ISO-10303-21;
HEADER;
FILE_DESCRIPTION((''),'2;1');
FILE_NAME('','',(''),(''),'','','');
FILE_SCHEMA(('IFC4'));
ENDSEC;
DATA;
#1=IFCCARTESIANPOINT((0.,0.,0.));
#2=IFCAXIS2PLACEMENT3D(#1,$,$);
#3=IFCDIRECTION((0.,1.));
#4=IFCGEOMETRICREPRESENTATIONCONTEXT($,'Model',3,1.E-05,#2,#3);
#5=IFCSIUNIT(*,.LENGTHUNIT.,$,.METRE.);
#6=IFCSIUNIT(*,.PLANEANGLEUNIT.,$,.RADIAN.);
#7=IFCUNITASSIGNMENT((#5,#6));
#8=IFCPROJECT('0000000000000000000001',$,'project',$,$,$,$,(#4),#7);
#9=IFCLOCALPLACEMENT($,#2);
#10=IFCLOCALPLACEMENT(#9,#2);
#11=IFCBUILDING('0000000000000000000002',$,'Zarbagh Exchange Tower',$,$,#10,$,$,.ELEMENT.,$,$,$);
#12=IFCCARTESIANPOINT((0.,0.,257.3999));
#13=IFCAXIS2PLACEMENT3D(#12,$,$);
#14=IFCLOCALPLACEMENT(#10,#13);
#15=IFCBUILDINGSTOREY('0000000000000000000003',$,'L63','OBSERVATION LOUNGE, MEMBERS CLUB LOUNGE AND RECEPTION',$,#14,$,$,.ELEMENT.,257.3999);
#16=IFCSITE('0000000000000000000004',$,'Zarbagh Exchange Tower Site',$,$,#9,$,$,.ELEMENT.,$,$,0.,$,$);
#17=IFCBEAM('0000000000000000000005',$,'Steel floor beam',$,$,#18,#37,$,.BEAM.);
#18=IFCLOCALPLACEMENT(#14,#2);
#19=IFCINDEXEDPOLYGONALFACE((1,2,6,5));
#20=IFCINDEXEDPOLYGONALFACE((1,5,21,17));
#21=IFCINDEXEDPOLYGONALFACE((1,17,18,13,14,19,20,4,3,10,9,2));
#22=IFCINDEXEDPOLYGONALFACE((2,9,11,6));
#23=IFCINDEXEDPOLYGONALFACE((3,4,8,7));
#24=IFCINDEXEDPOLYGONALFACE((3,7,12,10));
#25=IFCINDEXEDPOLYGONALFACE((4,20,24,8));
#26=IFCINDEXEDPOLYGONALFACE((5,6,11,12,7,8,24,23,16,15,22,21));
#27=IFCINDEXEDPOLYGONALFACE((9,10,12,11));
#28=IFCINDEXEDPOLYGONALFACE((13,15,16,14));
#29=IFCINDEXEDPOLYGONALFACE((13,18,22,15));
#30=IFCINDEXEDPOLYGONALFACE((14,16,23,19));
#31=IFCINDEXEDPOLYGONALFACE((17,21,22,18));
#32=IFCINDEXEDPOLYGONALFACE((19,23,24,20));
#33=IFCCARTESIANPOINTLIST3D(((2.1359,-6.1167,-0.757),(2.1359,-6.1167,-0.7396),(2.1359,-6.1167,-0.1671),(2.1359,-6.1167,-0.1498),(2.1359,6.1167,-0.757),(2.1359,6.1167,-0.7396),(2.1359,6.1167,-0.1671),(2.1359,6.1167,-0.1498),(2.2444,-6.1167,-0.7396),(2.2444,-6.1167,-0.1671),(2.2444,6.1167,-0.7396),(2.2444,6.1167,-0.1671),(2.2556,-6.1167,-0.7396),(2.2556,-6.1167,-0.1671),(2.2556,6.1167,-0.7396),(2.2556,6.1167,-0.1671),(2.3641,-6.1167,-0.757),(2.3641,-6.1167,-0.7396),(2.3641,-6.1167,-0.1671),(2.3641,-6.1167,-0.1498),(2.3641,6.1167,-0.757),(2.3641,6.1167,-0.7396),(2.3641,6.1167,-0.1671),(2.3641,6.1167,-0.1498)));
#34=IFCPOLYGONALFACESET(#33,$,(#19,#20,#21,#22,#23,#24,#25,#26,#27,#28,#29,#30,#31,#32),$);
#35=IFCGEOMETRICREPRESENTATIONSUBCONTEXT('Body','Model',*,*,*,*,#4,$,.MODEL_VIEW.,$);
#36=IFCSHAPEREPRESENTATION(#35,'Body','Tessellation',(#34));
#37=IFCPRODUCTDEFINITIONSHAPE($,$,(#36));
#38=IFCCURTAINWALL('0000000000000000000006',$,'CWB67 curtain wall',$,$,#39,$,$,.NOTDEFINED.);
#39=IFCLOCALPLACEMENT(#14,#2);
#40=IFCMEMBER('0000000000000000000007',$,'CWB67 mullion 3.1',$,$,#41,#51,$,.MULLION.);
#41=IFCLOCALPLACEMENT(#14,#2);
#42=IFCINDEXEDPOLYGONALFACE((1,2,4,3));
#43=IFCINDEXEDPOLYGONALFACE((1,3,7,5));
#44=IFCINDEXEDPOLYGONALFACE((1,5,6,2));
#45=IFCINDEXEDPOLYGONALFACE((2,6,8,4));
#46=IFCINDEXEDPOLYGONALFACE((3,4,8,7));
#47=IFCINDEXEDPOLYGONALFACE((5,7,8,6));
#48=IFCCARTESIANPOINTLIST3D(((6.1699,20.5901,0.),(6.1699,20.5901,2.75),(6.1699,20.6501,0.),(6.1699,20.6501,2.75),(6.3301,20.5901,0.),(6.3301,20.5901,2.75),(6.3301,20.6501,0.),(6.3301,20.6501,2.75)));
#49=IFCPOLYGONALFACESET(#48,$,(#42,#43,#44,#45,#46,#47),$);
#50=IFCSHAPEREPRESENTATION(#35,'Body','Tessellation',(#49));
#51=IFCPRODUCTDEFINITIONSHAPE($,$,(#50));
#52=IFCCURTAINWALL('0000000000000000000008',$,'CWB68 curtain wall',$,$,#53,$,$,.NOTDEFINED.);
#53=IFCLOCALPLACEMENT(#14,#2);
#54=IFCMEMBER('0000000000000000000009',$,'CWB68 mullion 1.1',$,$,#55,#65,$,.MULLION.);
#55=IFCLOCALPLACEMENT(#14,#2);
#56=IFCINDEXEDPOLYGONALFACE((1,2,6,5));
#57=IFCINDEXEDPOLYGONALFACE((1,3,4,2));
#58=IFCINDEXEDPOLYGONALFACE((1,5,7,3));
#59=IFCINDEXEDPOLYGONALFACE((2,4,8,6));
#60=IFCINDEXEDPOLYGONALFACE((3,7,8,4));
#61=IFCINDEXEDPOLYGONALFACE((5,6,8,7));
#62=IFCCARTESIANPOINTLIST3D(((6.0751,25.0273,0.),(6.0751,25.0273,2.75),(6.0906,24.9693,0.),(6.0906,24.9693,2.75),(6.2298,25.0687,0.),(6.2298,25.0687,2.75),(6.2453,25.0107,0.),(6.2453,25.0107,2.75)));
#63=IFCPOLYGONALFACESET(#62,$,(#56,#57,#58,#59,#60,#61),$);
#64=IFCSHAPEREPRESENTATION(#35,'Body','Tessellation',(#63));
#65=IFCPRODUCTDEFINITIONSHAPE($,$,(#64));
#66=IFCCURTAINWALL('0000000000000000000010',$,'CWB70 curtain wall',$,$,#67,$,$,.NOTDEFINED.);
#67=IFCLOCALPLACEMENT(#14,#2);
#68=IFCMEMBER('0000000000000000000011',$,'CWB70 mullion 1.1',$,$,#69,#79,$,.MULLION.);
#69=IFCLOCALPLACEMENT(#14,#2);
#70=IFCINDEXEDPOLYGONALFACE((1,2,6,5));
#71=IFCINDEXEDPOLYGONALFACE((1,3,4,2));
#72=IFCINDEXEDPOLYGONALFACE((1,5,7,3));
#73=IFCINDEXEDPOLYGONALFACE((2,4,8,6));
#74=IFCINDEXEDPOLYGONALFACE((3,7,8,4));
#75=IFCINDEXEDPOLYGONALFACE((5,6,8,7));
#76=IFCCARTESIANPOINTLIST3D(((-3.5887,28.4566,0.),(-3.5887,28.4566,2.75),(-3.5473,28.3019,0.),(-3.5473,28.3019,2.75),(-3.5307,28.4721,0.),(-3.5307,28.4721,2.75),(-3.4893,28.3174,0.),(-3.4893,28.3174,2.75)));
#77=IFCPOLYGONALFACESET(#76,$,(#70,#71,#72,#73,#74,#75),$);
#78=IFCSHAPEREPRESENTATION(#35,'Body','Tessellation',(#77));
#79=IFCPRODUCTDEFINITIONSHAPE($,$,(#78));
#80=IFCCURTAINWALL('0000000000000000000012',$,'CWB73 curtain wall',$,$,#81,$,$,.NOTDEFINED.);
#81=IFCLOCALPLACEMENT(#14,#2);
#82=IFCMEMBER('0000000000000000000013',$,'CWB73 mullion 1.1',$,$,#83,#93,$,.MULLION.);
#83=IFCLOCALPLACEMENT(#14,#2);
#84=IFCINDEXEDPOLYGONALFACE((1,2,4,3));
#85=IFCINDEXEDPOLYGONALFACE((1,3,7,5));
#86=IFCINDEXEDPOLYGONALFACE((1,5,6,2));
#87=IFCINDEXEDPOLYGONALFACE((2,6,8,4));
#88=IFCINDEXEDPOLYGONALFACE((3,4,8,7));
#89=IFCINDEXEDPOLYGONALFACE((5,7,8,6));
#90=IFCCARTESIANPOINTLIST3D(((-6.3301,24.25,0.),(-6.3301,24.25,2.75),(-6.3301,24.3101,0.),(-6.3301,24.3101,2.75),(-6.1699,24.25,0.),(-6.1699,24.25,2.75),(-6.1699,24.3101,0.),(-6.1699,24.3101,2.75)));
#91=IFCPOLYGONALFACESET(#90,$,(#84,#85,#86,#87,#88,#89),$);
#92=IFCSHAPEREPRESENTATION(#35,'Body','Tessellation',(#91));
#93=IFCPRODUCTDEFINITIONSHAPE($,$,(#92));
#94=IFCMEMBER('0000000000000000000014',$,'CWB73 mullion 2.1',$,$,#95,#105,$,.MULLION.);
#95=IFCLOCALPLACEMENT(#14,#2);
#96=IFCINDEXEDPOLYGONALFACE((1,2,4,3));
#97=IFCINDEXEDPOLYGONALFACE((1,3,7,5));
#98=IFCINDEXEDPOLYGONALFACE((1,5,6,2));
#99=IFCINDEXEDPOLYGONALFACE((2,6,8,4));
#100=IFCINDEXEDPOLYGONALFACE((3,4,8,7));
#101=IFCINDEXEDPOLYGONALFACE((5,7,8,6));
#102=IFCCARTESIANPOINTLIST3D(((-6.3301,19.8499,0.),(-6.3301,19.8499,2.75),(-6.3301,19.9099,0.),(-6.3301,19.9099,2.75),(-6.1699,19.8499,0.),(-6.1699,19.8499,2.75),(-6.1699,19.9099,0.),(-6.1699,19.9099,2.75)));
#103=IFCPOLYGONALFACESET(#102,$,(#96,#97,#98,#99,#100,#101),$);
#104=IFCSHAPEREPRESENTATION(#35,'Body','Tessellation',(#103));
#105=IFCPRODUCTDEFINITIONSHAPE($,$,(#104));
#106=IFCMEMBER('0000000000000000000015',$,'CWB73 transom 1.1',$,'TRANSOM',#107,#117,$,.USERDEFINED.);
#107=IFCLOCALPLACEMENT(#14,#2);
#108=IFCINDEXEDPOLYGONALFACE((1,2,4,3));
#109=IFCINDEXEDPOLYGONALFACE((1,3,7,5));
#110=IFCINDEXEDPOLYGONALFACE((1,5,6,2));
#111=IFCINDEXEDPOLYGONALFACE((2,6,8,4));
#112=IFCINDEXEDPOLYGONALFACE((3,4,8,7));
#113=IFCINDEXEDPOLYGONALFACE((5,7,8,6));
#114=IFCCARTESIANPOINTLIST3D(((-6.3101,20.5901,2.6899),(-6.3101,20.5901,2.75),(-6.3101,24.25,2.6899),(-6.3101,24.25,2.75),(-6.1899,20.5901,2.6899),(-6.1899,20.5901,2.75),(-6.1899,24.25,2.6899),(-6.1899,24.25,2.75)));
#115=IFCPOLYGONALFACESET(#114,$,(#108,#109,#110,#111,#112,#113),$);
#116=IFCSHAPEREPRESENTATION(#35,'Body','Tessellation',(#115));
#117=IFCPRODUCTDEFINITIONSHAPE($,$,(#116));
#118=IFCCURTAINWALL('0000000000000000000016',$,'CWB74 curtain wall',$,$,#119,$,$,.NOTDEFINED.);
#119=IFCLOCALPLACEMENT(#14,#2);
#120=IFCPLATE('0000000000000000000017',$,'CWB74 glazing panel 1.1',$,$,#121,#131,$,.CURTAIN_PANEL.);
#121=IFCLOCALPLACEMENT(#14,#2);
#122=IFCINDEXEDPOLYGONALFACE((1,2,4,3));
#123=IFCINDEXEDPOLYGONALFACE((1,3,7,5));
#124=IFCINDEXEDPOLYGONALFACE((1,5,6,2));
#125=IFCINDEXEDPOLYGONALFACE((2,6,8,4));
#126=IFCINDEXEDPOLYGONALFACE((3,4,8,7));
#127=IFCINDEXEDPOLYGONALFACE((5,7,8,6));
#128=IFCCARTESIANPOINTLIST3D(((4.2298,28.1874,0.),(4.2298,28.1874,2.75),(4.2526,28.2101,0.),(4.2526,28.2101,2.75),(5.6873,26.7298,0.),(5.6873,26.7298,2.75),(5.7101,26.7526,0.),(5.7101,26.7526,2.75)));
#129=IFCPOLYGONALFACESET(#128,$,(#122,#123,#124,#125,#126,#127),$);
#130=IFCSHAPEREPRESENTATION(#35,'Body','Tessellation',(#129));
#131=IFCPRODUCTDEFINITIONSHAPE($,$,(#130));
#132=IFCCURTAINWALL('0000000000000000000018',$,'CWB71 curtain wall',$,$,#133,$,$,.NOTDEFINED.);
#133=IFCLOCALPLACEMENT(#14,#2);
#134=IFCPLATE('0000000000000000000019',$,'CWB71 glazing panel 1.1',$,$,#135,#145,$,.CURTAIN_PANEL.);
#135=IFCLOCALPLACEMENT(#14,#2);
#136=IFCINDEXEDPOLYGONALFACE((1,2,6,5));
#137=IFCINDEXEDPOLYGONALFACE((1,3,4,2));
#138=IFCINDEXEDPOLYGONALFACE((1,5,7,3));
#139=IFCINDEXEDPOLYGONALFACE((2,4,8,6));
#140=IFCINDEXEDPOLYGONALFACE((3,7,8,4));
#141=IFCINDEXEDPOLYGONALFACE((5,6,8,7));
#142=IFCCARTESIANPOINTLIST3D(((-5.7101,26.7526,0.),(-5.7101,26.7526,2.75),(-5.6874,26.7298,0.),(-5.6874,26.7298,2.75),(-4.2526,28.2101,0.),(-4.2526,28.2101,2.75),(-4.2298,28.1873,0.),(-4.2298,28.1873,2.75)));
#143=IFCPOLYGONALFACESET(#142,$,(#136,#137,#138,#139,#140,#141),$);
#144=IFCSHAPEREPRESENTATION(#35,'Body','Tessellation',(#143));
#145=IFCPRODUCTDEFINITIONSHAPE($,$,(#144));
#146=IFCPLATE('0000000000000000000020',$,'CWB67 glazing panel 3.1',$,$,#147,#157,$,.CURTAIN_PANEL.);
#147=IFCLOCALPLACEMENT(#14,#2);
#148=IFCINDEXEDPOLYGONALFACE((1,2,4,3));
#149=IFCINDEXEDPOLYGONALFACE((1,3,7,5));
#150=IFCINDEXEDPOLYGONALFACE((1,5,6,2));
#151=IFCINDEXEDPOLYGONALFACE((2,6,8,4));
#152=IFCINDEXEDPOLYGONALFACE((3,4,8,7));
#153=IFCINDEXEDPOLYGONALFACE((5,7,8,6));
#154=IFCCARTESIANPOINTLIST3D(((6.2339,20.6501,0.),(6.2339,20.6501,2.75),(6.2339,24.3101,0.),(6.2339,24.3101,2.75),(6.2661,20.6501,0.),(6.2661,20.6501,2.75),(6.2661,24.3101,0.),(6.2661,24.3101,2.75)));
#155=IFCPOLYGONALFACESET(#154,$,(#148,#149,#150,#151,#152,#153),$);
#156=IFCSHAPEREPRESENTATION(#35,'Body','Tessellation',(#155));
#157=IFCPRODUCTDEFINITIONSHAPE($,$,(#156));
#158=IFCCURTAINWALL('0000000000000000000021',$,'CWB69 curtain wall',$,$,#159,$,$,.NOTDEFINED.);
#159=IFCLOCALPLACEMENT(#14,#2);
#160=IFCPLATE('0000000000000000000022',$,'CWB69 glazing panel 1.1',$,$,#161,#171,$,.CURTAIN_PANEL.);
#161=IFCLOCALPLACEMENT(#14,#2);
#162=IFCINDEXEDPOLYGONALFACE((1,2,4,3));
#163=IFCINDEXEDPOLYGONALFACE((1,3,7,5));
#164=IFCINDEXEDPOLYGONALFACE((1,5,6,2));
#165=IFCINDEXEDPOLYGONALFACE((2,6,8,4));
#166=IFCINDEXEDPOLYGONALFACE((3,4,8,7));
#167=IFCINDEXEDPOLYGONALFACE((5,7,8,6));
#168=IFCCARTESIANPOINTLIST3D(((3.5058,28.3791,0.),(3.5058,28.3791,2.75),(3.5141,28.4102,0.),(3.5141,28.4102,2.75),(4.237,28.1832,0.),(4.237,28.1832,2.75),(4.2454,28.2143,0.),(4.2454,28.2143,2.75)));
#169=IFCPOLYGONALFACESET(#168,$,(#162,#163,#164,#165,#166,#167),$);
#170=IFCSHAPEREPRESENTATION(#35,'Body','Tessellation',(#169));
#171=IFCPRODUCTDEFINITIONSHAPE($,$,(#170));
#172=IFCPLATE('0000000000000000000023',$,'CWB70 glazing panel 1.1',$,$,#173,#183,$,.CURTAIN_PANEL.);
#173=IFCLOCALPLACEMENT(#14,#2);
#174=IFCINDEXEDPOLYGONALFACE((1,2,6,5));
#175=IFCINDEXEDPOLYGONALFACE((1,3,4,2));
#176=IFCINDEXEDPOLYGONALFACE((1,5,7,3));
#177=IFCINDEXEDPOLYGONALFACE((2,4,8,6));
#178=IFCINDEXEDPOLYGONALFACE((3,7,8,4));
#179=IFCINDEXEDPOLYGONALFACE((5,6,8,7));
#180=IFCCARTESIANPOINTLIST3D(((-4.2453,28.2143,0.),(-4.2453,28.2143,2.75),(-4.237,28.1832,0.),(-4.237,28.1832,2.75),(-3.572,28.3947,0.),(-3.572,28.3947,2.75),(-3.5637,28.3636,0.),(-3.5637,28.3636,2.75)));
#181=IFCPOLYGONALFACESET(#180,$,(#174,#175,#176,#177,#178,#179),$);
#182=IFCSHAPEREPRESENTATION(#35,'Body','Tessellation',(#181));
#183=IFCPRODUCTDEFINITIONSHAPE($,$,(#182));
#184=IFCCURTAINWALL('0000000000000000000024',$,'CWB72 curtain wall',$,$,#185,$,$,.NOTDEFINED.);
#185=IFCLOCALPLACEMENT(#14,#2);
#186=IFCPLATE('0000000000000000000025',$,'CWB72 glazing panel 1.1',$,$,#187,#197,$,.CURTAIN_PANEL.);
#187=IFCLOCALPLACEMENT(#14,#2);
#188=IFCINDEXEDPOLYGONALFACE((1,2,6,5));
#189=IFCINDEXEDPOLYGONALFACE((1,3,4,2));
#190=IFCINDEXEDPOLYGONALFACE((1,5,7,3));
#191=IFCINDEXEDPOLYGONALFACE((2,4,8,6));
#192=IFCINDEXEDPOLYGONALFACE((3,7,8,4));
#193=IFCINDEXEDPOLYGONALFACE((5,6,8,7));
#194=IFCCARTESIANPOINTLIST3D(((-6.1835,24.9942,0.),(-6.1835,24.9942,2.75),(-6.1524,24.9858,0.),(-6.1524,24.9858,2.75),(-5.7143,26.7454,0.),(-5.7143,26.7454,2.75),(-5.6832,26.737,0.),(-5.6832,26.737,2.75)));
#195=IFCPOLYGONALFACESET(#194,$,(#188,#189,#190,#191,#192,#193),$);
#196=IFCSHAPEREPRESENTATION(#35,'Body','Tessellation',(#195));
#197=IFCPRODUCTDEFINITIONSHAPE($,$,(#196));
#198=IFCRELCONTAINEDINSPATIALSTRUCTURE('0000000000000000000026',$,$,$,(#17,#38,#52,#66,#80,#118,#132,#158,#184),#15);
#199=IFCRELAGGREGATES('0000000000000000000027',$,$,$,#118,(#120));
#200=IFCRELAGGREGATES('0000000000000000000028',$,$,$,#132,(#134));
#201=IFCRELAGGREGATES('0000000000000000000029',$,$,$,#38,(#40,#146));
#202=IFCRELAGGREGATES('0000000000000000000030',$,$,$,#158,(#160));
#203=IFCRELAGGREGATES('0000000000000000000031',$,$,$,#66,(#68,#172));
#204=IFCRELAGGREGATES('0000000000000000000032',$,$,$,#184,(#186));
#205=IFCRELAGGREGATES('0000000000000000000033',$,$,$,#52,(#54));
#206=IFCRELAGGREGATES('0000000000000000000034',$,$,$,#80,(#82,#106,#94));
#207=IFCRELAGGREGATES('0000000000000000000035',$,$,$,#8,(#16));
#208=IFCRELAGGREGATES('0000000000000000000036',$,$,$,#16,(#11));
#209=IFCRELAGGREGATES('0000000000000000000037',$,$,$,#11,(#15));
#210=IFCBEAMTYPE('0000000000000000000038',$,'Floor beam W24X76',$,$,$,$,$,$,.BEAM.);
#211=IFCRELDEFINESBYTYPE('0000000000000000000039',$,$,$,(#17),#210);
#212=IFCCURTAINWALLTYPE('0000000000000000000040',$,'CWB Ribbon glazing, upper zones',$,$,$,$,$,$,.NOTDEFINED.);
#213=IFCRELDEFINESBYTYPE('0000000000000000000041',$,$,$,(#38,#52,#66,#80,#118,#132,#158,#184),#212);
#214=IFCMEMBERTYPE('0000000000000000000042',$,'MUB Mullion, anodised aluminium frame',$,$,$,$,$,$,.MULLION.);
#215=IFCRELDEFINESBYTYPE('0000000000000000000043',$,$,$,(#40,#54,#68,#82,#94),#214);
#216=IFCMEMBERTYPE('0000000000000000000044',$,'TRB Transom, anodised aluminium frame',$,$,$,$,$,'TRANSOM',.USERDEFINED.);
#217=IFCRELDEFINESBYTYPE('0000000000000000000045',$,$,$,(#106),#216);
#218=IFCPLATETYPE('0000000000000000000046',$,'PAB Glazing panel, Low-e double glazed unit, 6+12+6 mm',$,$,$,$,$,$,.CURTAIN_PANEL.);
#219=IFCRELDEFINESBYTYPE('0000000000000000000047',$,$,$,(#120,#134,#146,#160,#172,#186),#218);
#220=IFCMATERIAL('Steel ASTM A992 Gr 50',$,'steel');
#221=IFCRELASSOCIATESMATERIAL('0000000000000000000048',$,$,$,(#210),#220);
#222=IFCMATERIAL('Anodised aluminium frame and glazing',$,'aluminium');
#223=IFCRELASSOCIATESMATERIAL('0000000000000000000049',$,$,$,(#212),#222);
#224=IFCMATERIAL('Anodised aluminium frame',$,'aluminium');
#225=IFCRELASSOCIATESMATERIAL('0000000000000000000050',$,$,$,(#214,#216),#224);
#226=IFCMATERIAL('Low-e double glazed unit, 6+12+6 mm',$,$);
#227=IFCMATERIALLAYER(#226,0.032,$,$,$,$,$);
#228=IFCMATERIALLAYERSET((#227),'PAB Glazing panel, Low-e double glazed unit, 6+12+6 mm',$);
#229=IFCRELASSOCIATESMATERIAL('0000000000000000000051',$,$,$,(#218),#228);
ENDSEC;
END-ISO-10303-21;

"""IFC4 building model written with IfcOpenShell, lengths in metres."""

from ifc_helpers import new_model, si_unit, direction, frame, origin, origin_2d, place, context, subcontext, project, spatial, polyline, i_section, outline, extrude, source, transform, mapped, material, layer, layer_set, material_profile, profile_set, type_object, element, aggregate, save


model = new_model("IFC4")

# Units and contexts
model_context = context("Model", 3, precision=1e-05, world=origin(), true_north=direction((0.0, 1.0)))
body_context = subcontext(model_context, "Body", "Model", "MODEL_VIEW")
ifc_project = project(units=[si_unit("LENGTHUNIT", "METRE"), si_unit("PLANEANGLEUNIT", "RADIAN")], contexts=[model_context])

# Site, building, storey
site_placement = place(None, origin())
site = spatial("IfcSite", under=ifc_project, at=site_placement, Name="Zarbagh Exchange Tower Site", CompositionType="ELEMENT", RefElevation=0.0)
building_placement = place(site_placement, origin())
building = spatial("IfcBuilding", under=site, at=building_placement, Name="Zarbagh Exchange Tower", CompositionType="ELEMENT")
storey_placement = place(building_placement, frame((0.0, 0.0, 257.3999)))
storey = spatial("IfcBuildingStorey", under=building, at=storey_placement, Name="L63", Description="OBSERVATION LOUNGE, MEMBERS CLUB LOUNGE AND RECEPTION", CompositionType="ELEMENT", Elevation=257.3999)

# Beam
ifc_material_1 = material(Name="Steel ASTM A992 Gr 50", Category="steel")
ifc_material_profile = material_profile(ifc_material_1, i_section(OverallWidth=0.2283, OverallDepth=0.6072, WebThickness=0.0112, FlangeThickness=0.0173, at=origin_2d()), Name="W24X76")
ifc_profile_set = profile_set([ifc_material_profile], Name="Steel ASTM A992 Gr 50")
beam_type = type_object("IfcBeamType", Name="Floor beam W24X76", PredefinedType="BEAM", material=ifc_profile_set)
beam_placement = place(storey_placement, frame((2.25, -6.1167, -0.4534), z_axis=(0.0, 1.0, 0.0), x_axis=(-1.0, 0.0, 0.0)))
element("IfcBeam", 1, at=beam_placement, inside=storey, type_object=beam_type, Name="Steel floor beam", PredefinedType="BEAM", context=body_context, shape_type="SweptSolid", body=[
    extrude(i_section(OverallWidth=0.2283, OverallDepth=0.6072, WebThickness=0.0112, FlangeThickness=0.0173, at=origin_2d()), origin(), (0.0, 0.0, 1.0), 12.2334),
])

# Curtain walls, members
ifc_material_2 = material(Name="Anodised aluminium frame and glazing", Category="aluminium")
curtain_wall_type = type_object("IfcCurtainWallType", Name="CWB Ribbon glazing, upper zones", PredefinedType="NOTDEFINED", material=ifc_material_2)
curtain_wall_1_placement = place(storey_placement, origin())
curtain_wall_1 = element("IfcCurtainWall", 2, at=curtain_wall_1_placement, inside=storey, type_object=curtain_wall_type, Name="CWB67 curtain wall", PredefinedType="NOTDEFINED")
ifc_material_3 = material(Name="Anodised aluminium frame", Category="aluminium")
member_type_1 = type_object("IfcMemberType", Name="MUB Mullion, anodised aluminium frame", PredefinedType="MULLION", material=ifc_material_3)
shared_shape_1 = source(origin(), body_context, "Body", "SweptSolid", [
    extrude(outline(polyline([(0.0, -0.0801), (0.0601, -0.0801), (0.0601, 0.0801), (0.0, 0.0801), (0.0, -0.0801)])), origin(), (0.0, 0.0, 1.0), 2.75),
])
placement = place(storey_placement, origin())
member_1 = element("IfcMember", 3, at=placement, type_object=member_type_1, Name="CWB67 mullion 3.1", PredefinedType="MULLION", context=body_context, shape_type="MappedRepresentation", body=[
    mapped(shared_shape_1, transform((6.25, 20.5901, 0.0), x_axis=(0.0, 1.0, 0.0), y_axis=(-1.0, 0.0, 0.0), z_axis=(0.0, 0.0, 1.0))),
])
curtain_wall_2_placement = place(storey_placement, origin())
curtain_wall_2 = element("IfcCurtainWall", 4, at=curtain_wall_2_placement, inside=storey, type_object=curtain_wall_type, Name="CWB68 curtain wall", PredefinedType="NOTDEFINED")
member_2 = element("IfcMember", 5, at=placement, type_object=member_type_1, Name="CWB68 mullion 1.1", PredefinedType="MULLION", context=body_context, shape_type="MappedRepresentation", body=[
    mapped(shared_shape_1, transform((6.168, 24.99, 0.0), x_axis=(-0.258825, 0.965924, 0.0), y_axis=(-0.965924, -0.258825, 0.0), z_axis=(0.0, 0.0, 1.0))),
])
curtain_wall_3_placement = place(storey_placement, origin())
curtain_wall_3 = element("IfcCurtainWall", 6, at=curtain_wall_3_placement, inside=storey, type_object=curtain_wall_type, Name="CWB70 curtain wall", PredefinedType="NOTDEFINED")
member_3 = element("IfcMember", 7, at=placement, type_object=member_type_1, Name="CWB70 mullion 1.1", PredefinedType="MULLION", context=body_context, shape_type="MappedRepresentation", body=[
    mapped(shared_shape_1, transform((-3.51, 28.3948, 0.0), x_axis=(-0.965924, -0.258825, 0.0), y_axis=(0.258825, -0.965924, 0.0), z_axis=(0.0, 0.0, 1.0))),
])

# Curtain wall, members
curtain_wall_4_placement = place(storey_placement, origin())
curtain_wall_4 = element("IfcCurtainWall", 8, at=curtain_wall_4_placement, inside=storey, type_object=curtain_wall_type, Name="CWB73 curtain wall", PredefinedType="NOTDEFINED")
member_4 = element("IfcMember", 9, at=placement, type_object=member_type_1, Name="CWB73 mullion 1.1", PredefinedType="MULLION", context=body_context, shape_type="MappedRepresentation", body=[
    mapped(shared_shape_1, transform((-6.25, 24.3101, 0.0), x_axis=(0.0, -1.0, 0.0), y_axis=(1.0, 0.0, 0.0), z_axis=(0.0, 0.0, 1.0))),
])
member_5 = element("IfcMember", 10, at=placement, type_object=member_type_1, Name="CWB73 mullion 2.1", PredefinedType="MULLION", context=body_context, shape_type="MappedRepresentation", body=[
    mapped(shared_shape_1, transform((-6.25, 19.9099, 0.0), x_axis=(0.0, -1.0, 0.0), y_axis=(1.0, 0.0, 0.0), z_axis=(0.0, 0.0, 1.0))),
])
member_type_2 = type_object("IfcMemberType", Name="TRB Transom, anodised aluminium frame", ElementType="TRANSOM", PredefinedType="USERDEFINED", material=ifc_material_3)
shared_shape_2 = source(origin(), body_context, "Body", "SweptSolid", [
    extrude(outline(polyline([(-0.0601, -0.0601), (0.0, -0.0601), (0.0, 0.0601), (-0.0601, 0.0601), (-0.0601, -0.0601)])), origin(), (0.0, 0.0, 1.0), 3.6599),
])
member_6 = element("IfcMember", 11, at=placement, type_object=member_type_2, Name="CWB73 transom 1.1", ObjectType="TRANSOM", PredefinedType="USERDEFINED", context=body_context, shape_type="MappedRepresentation", body=[
    mapped(shared_shape_2, transform((-6.25, 24.25, 2.75), x_axis=(0.0, 0.0, 1.0), y_axis=(-1.0, 0.0, 0.0), z_axis=(0.0, -1.0, 0.0))),
])

# Curtain walls, plates
curtain_wall_5_placement = place(storey_placement, origin())
curtain_wall_5 = element("IfcCurtainWall", 12, at=curtain_wall_5_placement, inside=storey, type_object=curtain_wall_type, Name="CWB74 curtain wall", PredefinedType="NOTDEFINED")
ifc_material_4 = material(Name="Low-e double glazed unit, 6+12+6 mm")
ifc_layer_1 = layer(ifc_material_4, 0.032)
ifc_layer_set_1 = layer_set([ifc_layer_1], Name="PAB Glazing panel, Low-e double glazed unit, 6+12+6 mm")
plate_type = type_object("IfcPlateType", Name="PAB Glazing panel, Low-e double glazed unit, 6+12+6 mm", PredefinedType="CURTAIN_PANEL", material=ifc_layer_set_1)
shared_shape_3 = source(origin(), body_context, "Body", "SweptSolid", [
    extrude(outline(polyline([(0.0, -0.0161), (2.0613, -0.0161), (2.0613, 0.0161), (0.0, 0.0161), (0.0, -0.0161)])), origin(), (0.0, 0.0, 1.0), 2.75),
])
plate_1 = element("IfcPlate", 13, at=placement, type_object=plate_type, Name="CWB74 glazing panel 1.1", PredefinedType="CURTAIN_PANEL", context=body_context, shape_type="MappedRepresentation", body=[
    mapped(shared_shape_3, transform((5.6987, 26.7412, 0.0), x_axis=(-0.707107, 0.707107, 0.0), y_axis=(-0.707107, -0.707107, 0.0), z_axis=(0.0, 0.0, 1.0))),
])
aggregate(curtain_wall_5, [plate_1])
curtain_wall_6_placement = place(storey_placement, origin())
curtain_wall_6 = element("IfcCurtainWall", 14, at=curtain_wall_6_placement, inside=storey, type_object=curtain_wall_type, Name="CWB71 curtain wall", PredefinedType="NOTDEFINED")
plate_2 = element("IfcPlate", 15, at=placement, type_object=plate_type, Name="CWB71 glazing panel 1.1", PredefinedType="CURTAIN_PANEL", context=body_context, shape_type="MappedRepresentation", body=[
    mapped(shared_shape_3, transform((-4.2412, 28.1987, 0.0), x_axis=(-0.707107, -0.707107, 0.0), y_axis=(0.707107, -0.707107, 0.0), z_axis=(0.0, 0.0, 1.0))),
])
aggregate(curtain_wall_6, [plate_2])

# Plate
shared_shape_4 = source(origin(), body_context, "Body", "SweptSolid", [
    extrude(outline(polyline([(0.0, -0.0161), (3.6599, -0.0161), (3.6599, 0.0161), (0.0, 0.0161), (0.0, -0.0161)])), origin(), (0.0, 0.0, 1.0), 2.75),
])
plate_3 = element("IfcPlate", 16, at=placement, type_object=plate_type, Name="CWB67 glazing panel 3.1", PredefinedType="CURTAIN_PANEL", context=body_context, shape_type="MappedRepresentation", body=[
    mapped(shared_shape_4, transform((6.25, 20.6501, 0.0), x_axis=(0.0, 1.0, 0.0), y_axis=(-1.0, 0.0, 0.0), z_axis=(0.0, 0.0, 1.0))),
])
aggregate(curtain_wall_1, [member_1, plate_3])

# Curtain wall, plate
curtain_wall_7_placement = place(storey_placement, origin())
curtain_wall_7 = element("IfcCurtainWall", 17, at=curtain_wall_7_placement, inside=storey, type_object=curtain_wall_type, Name="CWB69 curtain wall", PredefinedType="NOTDEFINED")
shared_shape_5 = source(origin(), body_context, "Body", "SweptSolid", [
    extrude(outline(polyline([(0.0, -0.0161), (0.7571, -0.0161), (0.7571, 0.0161), (0.0, 0.0161), (0.0, -0.0161)])), origin(), (0.0, 0.0, 1.0), 2.75),
])
plate_4 = element("IfcPlate", 18, at=placement, type_object=plate_type, Name="CWB69 glazing panel 1.1", PredefinedType="CURTAIN_PANEL", context=body_context, shape_type="MappedRepresentation", body=[
    mapped(shared_shape_5, transform((4.2412, 28.1987, 0.0), x_axis=(-0.965924, 0.258825, 0.0), y_axis=(-0.258825, -0.965924, 0.0), z_axis=(0.0, 0.0, 1.0))),
])
aggregate(curtain_wall_7, [plate_4])

# Plate
shared_shape_6 = source(origin(), body_context, "Body", "SweptSolid", [
    extrude(outline(polyline([(0.0, -0.0161), (0.697, -0.0161), (0.697, 0.0161), (0.0, 0.0161), (0.0, -0.0161)])), origin(), (0.0, 0.0, 1.0), 2.75),
])
plate_5 = element("IfcPlate", 19, at=placement, type_object=plate_type, Name="CWB70 glazing panel 1.1", PredefinedType="CURTAIN_PANEL", context=body_context, shape_type="MappedRepresentation", body=[
    mapped(shared_shape_6, transform((-3.5679, 28.3792, 0.0), x_axis=(-0.965924, -0.258825, 0.0), y_axis=(0.258825, -0.965924, 0.0), z_axis=(0.0, 0.0, 1.0))),
])
aggregate(curtain_wall_3, [member_3, plate_5])

# Curtain wall, plate
curtain_wall_8_placement = place(storey_placement, origin())
curtain_wall_8 = element("IfcCurtainWall", 20, at=curtain_wall_8_placement, inside=storey, type_object=curtain_wall_type, Name="CWB72 curtain wall", PredefinedType="NOTDEFINED")
shared_shape_7 = source(origin(), body_context, "Body", "SweptSolid", [
    extrude(outline(polyline([(0.0, -0.0161), (1.813, -0.0161), (1.813, 0.0161), (0.0, 0.0161), (0.0, -0.0161)])), origin(), (0.0, 0.0, 1.0), 2.75),
])
plate_6 = element("IfcPlate", 21, at=placement, type_object=plate_type, Name="CWB72 glazing panel 1.1", PredefinedType="CURTAIN_PANEL", context=body_context, shape_type="MappedRepresentation", body=[
    mapped(shared_shape_7, transform((-5.6987, 26.7412, 0.0), x_axis=(-0.258825, -0.965924, 0.0), y_axis=(0.965924, -0.258825, 0.0), z_axis=(0.0, 0.0, 1.0))),
])
aggregate(curtain_wall_8, [plate_6])

aggregate(curtain_wall_2, [member_2])
aggregate(curtain_wall_4, [member_4, member_6, member_5])

save(model, "model.ifc")
